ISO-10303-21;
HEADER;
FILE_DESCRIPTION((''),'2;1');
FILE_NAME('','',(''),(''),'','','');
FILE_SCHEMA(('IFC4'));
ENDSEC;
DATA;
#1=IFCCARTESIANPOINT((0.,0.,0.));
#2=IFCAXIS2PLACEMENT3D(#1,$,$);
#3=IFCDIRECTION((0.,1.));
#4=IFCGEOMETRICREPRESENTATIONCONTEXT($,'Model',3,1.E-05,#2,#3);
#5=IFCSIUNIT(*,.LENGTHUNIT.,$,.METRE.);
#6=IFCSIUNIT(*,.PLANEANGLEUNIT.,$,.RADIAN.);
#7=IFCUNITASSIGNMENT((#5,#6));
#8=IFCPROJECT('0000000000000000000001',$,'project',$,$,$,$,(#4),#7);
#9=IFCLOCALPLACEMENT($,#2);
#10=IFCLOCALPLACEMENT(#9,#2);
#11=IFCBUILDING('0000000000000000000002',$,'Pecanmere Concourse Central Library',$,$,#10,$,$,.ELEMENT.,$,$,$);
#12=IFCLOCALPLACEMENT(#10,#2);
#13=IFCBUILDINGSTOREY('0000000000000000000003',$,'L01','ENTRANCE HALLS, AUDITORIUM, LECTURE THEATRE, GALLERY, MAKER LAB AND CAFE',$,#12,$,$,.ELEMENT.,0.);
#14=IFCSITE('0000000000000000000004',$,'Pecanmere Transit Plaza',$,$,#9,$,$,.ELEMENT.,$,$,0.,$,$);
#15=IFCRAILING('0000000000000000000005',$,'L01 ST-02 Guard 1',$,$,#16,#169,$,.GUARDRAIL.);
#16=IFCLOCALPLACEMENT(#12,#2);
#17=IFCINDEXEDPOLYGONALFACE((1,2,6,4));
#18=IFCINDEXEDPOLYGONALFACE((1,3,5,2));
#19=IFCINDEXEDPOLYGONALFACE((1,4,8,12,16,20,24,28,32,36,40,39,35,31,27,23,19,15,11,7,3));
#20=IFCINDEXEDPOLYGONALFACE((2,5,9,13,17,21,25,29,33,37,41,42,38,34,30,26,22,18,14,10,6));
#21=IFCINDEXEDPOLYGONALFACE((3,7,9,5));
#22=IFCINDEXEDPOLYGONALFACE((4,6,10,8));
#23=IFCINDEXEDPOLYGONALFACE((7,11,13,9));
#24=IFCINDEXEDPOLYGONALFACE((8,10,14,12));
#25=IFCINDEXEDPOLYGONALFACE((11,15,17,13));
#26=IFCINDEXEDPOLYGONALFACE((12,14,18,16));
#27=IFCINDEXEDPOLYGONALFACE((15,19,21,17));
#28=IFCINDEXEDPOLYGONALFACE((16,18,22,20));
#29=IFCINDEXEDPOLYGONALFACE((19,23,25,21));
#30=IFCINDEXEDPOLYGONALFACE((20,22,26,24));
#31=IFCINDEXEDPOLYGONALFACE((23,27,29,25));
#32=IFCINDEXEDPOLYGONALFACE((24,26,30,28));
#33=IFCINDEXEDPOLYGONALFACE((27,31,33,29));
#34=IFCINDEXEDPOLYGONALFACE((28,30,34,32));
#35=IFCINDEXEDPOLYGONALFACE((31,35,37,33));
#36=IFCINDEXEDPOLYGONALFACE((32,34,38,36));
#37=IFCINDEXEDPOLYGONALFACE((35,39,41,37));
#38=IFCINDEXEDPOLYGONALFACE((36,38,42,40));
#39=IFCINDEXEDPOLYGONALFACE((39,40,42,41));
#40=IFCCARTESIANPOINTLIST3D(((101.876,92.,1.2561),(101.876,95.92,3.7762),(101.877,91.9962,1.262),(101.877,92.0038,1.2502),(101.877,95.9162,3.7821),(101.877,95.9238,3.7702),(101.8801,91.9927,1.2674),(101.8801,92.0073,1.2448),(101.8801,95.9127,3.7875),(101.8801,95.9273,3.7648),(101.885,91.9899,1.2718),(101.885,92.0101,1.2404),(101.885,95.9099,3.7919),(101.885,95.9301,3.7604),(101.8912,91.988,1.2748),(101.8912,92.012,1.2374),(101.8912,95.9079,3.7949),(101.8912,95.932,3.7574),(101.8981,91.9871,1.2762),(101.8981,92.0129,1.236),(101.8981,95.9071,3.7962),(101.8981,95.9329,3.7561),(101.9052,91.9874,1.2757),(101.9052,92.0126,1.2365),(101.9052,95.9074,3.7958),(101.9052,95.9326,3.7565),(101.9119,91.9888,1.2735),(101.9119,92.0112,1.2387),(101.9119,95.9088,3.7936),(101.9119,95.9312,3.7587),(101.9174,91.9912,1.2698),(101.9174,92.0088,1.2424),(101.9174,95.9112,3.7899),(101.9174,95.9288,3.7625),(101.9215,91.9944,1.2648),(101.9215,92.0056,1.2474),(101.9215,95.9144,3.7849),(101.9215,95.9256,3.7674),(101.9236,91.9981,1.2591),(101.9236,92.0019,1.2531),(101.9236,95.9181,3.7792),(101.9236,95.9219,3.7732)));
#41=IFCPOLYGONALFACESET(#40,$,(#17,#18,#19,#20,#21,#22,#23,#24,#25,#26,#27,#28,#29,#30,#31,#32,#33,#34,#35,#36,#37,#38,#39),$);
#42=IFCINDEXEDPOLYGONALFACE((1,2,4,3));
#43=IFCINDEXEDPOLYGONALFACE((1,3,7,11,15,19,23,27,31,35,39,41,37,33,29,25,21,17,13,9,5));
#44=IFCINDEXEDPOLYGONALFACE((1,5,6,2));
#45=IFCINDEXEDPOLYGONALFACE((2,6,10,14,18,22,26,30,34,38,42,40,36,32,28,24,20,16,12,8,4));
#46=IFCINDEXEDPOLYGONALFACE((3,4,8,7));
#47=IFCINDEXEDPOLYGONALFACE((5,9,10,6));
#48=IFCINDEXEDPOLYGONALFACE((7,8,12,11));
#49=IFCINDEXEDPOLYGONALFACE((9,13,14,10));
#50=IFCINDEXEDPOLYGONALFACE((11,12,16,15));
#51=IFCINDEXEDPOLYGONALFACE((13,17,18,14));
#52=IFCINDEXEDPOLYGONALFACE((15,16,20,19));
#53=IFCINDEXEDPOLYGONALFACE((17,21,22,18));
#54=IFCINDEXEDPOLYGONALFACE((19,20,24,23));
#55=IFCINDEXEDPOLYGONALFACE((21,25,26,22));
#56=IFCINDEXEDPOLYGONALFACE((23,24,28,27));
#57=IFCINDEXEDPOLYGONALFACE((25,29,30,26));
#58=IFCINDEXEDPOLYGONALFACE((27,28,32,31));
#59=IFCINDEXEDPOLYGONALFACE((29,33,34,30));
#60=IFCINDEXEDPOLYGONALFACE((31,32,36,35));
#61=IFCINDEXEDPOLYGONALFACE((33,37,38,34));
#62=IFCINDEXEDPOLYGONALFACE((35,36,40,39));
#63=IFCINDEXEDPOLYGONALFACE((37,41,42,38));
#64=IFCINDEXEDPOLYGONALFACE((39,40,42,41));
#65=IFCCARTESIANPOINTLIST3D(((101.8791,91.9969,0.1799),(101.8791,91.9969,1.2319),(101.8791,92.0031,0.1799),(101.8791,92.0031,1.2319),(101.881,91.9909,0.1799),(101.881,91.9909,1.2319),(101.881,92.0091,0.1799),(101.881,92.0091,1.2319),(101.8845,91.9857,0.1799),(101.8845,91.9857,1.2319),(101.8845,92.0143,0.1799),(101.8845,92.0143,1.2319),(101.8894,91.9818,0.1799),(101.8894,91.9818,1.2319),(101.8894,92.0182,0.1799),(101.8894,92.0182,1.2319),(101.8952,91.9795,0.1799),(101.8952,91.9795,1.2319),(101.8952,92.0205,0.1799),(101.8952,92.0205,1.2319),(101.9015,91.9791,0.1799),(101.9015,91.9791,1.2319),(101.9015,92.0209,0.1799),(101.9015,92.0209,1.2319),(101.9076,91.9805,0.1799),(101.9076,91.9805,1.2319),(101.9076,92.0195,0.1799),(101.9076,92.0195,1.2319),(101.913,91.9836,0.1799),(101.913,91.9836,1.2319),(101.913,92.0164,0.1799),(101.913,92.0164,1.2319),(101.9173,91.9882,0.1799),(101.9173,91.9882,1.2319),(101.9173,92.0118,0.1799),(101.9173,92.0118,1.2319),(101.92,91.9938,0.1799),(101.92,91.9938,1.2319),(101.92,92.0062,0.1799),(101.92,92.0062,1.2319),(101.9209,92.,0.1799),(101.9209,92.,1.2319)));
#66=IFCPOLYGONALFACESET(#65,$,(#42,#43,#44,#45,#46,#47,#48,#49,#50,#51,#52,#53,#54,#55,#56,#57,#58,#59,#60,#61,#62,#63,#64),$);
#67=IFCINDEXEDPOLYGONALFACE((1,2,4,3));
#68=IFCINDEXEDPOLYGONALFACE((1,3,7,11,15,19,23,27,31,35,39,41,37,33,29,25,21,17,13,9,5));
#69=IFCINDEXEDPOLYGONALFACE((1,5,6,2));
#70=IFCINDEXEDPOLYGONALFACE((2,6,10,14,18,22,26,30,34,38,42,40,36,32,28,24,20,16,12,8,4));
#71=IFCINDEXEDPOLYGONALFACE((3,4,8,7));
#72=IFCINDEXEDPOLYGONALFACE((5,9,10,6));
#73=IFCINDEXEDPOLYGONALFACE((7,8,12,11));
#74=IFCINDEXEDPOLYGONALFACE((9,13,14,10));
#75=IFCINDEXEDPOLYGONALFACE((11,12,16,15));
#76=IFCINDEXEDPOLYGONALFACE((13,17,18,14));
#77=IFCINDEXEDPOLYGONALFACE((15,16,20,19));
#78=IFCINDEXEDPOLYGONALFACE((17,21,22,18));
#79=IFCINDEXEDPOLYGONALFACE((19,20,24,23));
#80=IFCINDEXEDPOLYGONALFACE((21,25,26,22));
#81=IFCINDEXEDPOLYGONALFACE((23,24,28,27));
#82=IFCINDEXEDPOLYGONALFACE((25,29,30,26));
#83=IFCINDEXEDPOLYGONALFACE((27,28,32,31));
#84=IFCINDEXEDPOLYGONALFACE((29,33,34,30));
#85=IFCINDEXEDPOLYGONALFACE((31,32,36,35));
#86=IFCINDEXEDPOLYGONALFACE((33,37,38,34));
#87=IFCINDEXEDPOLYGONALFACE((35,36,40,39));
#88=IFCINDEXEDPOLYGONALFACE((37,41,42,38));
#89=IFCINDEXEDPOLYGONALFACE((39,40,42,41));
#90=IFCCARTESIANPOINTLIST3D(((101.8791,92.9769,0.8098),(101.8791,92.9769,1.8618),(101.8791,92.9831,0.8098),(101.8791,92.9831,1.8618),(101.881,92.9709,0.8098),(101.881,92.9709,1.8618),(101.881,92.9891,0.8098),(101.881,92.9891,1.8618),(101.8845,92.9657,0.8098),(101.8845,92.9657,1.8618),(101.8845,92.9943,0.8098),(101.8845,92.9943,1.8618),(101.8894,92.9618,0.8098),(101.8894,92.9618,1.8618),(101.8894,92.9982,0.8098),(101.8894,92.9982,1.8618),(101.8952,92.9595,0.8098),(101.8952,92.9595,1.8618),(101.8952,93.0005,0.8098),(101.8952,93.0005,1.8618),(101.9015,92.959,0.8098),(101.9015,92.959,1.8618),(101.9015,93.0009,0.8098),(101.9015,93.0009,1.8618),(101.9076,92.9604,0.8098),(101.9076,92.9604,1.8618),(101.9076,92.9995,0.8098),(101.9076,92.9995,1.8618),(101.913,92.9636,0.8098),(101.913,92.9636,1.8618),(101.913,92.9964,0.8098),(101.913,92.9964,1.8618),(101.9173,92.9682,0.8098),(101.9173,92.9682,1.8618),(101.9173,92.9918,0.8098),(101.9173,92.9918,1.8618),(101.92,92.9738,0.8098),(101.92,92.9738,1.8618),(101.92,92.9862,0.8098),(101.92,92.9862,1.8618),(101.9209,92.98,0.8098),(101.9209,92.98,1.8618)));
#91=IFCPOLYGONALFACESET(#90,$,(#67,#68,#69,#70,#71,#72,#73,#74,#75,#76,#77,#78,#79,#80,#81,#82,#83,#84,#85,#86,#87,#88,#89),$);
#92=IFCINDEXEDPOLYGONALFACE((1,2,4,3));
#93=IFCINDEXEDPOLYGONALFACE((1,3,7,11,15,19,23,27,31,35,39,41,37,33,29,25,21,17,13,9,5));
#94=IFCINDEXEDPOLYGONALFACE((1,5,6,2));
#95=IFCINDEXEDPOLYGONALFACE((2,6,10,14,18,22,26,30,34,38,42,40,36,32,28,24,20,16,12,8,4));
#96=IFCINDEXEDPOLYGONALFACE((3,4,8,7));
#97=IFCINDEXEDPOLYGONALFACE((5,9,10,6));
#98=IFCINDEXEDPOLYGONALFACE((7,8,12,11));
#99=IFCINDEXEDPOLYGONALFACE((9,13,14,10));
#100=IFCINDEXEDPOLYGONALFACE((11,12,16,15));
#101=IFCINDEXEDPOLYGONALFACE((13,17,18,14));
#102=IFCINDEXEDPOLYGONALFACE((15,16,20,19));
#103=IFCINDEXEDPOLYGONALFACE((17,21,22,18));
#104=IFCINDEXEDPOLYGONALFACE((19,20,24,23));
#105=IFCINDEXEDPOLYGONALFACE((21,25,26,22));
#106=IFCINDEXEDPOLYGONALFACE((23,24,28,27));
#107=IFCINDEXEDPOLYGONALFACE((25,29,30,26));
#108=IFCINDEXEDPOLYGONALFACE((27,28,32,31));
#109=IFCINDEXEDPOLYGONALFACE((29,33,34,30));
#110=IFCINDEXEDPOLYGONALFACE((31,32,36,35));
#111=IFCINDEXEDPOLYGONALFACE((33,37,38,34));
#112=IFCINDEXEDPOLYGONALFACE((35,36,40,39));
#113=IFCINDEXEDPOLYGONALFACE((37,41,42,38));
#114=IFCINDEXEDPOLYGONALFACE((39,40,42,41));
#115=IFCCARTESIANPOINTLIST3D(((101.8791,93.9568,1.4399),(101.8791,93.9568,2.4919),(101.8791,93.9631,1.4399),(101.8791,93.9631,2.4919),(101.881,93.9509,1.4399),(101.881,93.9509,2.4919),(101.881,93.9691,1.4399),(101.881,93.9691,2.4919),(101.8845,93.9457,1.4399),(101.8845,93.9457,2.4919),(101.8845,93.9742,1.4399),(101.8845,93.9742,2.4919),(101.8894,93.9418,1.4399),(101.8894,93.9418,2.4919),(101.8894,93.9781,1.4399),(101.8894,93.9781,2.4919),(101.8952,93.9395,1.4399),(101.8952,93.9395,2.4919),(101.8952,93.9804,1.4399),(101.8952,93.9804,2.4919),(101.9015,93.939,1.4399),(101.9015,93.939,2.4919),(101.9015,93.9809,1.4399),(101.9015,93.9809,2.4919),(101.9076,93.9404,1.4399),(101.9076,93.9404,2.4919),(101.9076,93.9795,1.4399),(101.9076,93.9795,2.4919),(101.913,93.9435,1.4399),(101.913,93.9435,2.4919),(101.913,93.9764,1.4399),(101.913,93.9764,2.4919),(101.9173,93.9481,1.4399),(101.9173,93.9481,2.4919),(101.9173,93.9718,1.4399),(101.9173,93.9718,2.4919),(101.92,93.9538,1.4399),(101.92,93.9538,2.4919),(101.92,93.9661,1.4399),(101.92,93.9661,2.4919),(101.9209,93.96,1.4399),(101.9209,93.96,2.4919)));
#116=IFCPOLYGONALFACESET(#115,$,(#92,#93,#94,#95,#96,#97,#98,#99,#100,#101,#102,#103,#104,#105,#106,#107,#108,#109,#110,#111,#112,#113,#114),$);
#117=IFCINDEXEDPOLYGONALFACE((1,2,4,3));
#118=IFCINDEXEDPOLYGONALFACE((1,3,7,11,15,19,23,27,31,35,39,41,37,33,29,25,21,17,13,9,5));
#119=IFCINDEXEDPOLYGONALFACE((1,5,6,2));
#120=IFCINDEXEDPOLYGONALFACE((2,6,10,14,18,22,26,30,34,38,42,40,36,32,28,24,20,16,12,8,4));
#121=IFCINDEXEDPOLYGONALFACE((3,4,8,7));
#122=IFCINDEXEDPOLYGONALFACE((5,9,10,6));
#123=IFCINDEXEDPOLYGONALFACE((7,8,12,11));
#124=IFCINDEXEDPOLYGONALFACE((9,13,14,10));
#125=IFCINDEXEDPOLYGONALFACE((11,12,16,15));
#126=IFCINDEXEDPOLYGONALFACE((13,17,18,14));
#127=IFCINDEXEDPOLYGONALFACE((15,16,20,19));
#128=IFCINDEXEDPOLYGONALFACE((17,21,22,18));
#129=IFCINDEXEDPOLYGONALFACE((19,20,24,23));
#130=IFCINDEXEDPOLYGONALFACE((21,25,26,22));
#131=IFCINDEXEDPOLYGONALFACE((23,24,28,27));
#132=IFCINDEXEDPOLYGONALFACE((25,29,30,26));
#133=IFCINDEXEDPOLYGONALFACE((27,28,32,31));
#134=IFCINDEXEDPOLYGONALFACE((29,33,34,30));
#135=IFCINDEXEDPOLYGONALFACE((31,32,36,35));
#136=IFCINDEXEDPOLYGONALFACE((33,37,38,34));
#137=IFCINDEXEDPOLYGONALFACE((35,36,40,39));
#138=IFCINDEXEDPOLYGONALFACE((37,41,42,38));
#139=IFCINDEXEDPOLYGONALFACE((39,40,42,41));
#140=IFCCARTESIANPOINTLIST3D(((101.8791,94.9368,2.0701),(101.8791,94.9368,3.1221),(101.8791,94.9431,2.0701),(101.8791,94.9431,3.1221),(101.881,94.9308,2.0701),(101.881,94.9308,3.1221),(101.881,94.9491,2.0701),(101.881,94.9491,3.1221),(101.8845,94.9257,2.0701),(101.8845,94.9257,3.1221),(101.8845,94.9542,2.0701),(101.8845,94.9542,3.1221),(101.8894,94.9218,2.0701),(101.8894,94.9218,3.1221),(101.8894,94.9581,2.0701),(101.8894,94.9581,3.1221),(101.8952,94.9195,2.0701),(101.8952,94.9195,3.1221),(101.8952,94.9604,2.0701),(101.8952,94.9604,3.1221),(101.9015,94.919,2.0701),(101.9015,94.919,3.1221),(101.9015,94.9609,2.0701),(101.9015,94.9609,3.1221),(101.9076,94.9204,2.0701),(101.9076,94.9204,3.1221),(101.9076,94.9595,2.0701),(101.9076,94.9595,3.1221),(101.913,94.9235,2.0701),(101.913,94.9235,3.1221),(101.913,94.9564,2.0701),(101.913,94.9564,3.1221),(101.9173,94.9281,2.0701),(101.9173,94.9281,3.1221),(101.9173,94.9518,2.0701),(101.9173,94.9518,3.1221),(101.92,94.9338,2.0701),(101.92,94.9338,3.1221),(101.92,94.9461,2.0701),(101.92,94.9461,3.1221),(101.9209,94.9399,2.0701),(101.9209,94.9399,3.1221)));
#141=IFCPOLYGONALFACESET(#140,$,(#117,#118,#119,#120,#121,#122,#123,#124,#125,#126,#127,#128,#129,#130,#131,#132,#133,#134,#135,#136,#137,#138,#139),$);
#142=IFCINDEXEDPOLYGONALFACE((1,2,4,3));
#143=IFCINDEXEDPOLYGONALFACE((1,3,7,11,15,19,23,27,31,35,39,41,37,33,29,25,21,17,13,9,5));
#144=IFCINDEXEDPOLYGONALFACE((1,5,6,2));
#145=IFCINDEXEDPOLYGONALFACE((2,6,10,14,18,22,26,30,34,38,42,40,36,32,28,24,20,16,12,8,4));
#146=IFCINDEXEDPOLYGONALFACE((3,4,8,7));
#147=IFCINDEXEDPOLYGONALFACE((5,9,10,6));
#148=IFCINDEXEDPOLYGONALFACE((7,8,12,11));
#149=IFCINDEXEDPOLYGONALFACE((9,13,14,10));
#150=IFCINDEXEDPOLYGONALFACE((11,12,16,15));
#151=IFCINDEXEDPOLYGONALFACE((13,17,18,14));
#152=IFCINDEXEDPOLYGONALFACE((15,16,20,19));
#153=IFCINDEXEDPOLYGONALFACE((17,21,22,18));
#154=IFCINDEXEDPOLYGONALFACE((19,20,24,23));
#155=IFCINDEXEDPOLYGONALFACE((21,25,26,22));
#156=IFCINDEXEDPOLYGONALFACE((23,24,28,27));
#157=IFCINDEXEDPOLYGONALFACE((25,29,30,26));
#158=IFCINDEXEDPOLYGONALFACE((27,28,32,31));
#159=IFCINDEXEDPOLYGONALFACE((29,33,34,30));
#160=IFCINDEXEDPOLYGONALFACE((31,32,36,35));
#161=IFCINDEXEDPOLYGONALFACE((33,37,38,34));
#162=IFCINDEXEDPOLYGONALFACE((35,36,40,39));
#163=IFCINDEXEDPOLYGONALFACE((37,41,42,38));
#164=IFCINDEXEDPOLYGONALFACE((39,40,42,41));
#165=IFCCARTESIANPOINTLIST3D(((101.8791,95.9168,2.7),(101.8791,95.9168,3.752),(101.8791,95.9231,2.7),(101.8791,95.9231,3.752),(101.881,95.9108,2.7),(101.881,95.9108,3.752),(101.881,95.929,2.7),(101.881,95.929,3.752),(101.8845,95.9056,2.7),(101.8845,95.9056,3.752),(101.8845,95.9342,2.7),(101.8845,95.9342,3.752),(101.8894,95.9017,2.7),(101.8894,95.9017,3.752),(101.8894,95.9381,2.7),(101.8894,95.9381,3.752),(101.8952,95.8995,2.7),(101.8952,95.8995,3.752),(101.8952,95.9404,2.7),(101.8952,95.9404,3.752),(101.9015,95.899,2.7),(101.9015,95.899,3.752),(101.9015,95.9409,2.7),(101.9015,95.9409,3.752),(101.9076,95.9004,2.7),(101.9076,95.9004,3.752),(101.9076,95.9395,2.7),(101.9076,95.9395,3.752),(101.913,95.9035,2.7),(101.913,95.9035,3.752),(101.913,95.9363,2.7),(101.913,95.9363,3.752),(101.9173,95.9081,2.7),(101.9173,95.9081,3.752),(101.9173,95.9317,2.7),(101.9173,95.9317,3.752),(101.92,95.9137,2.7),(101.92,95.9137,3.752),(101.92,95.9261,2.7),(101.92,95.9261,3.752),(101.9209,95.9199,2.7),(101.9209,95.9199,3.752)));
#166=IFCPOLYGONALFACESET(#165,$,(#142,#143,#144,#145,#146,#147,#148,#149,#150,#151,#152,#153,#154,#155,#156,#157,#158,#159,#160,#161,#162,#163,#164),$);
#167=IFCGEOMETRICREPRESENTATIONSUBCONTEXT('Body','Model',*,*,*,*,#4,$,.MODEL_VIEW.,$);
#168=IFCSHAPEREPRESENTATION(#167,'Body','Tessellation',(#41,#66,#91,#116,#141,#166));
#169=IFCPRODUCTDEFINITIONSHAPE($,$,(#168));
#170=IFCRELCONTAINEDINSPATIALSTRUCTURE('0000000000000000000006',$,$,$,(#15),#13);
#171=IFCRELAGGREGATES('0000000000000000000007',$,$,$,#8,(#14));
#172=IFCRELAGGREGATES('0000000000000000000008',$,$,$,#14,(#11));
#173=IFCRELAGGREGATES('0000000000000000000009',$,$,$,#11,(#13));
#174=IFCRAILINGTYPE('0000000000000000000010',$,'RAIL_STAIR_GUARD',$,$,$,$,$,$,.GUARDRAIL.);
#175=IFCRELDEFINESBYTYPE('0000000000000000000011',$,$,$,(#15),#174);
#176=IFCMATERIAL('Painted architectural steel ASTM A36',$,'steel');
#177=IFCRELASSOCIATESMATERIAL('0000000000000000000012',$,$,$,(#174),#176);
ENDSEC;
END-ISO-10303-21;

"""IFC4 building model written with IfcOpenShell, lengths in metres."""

from ifc_helpers import new_model, si_unit, direction, frame, origin, origin_2d, place, context, subcontext, project, spatial, circle, extrude, material, type_object, element, save


model = new_model("IFC4")

# Units and contexts
model_context = context("Model", 3, precision=1e-05, world=origin(), true_north=direction((0.0, 1.0)))
body_context = subcontext(model_context, "Body", "Model", "MODEL_VIEW")
ifc_project = project(units=[si_unit("LENGTHUNIT", "METRE"), si_unit("PLANEANGLEUNIT", "RADIAN")], contexts=[model_context])

# Site, building, storey
site_placement = place(None, origin())
site = spatial("IfcSite", under=ifc_project, at=site_placement, Name="Pecanmere Transit Plaza", CompositionType="ELEMENT", RefElevation=0.0)
building_placement = place(site_placement, origin())
building = spatial("IfcBuilding", under=site, at=building_placement, Name="Pecanmere Concourse Central Library", CompositionType="ELEMENT")
storey_placement = place(building_placement, origin())
storey = spatial("IfcBuildingStorey", under=building, at=storey_placement, Name="L01", Description="ENTRANCE HALLS, AUDITORIUM, LECTURE THEATRE, GALLERY, MAKER LAB AND CAFE", CompositionType="ELEMENT", Elevation=0.0)

# Railing
ifc_material_1 = material(Name="Painted architectural steel ASTM A36", Category="steel")
railing_type_1 = type_object("IfcRailingType", Name="RAIL_STAIR_GUARD", PredefinedType="GUARDRAIL", material=ifc_material_1)
railing_1_placement = place(storey_placement, frame((101.8999, 92.0, 0.1799)))
element("IfcRailing", 1, at=railing_1_placement, inside=storey, type_object=railing_type_1, Name="L01 ST-02 Guard 1", PredefinedType="GUARDRAIL", context=body_context, shape_type="SweptSolid", body=[
    extrude(circle(Radius=0.0239, at=origin_2d()), frame((0.0, 0.0, 1.0762), z_axis=(0.0, 0.841172, 0.540768), x_axis=(-1.0, 0.0, 0.0)), (0.0, 0.0, 1.0), 4.6602),
    extrude(circle(Radius=0.021, at=origin_2d()), origin(), (0.0, 0.0, 1.0), 1.052),
    extrude(circle(Radius=0.021, at=origin_2d()), frame((0.0, 0.98, 0.6299)), (0.0, 0.0, 1.0), 1.052),
    extrude(circle(Radius=0.021, at=origin_2d()), frame((0.0, 1.96, 1.26)), (0.0, 0.0, 1.0), 1.052),
    extrude(circle(Radius=0.021, at=origin_2d()), frame((0.0, 2.9399, 1.8901)), (0.0, 0.0, 1.0), 1.052),
    extrude(circle(Radius=0.021, at=origin_2d()), frame((0.0, 3.9199, 2.52)), (0.0, 0.0, 1.0), 1.052),
])

save(model, "model.ifc")
